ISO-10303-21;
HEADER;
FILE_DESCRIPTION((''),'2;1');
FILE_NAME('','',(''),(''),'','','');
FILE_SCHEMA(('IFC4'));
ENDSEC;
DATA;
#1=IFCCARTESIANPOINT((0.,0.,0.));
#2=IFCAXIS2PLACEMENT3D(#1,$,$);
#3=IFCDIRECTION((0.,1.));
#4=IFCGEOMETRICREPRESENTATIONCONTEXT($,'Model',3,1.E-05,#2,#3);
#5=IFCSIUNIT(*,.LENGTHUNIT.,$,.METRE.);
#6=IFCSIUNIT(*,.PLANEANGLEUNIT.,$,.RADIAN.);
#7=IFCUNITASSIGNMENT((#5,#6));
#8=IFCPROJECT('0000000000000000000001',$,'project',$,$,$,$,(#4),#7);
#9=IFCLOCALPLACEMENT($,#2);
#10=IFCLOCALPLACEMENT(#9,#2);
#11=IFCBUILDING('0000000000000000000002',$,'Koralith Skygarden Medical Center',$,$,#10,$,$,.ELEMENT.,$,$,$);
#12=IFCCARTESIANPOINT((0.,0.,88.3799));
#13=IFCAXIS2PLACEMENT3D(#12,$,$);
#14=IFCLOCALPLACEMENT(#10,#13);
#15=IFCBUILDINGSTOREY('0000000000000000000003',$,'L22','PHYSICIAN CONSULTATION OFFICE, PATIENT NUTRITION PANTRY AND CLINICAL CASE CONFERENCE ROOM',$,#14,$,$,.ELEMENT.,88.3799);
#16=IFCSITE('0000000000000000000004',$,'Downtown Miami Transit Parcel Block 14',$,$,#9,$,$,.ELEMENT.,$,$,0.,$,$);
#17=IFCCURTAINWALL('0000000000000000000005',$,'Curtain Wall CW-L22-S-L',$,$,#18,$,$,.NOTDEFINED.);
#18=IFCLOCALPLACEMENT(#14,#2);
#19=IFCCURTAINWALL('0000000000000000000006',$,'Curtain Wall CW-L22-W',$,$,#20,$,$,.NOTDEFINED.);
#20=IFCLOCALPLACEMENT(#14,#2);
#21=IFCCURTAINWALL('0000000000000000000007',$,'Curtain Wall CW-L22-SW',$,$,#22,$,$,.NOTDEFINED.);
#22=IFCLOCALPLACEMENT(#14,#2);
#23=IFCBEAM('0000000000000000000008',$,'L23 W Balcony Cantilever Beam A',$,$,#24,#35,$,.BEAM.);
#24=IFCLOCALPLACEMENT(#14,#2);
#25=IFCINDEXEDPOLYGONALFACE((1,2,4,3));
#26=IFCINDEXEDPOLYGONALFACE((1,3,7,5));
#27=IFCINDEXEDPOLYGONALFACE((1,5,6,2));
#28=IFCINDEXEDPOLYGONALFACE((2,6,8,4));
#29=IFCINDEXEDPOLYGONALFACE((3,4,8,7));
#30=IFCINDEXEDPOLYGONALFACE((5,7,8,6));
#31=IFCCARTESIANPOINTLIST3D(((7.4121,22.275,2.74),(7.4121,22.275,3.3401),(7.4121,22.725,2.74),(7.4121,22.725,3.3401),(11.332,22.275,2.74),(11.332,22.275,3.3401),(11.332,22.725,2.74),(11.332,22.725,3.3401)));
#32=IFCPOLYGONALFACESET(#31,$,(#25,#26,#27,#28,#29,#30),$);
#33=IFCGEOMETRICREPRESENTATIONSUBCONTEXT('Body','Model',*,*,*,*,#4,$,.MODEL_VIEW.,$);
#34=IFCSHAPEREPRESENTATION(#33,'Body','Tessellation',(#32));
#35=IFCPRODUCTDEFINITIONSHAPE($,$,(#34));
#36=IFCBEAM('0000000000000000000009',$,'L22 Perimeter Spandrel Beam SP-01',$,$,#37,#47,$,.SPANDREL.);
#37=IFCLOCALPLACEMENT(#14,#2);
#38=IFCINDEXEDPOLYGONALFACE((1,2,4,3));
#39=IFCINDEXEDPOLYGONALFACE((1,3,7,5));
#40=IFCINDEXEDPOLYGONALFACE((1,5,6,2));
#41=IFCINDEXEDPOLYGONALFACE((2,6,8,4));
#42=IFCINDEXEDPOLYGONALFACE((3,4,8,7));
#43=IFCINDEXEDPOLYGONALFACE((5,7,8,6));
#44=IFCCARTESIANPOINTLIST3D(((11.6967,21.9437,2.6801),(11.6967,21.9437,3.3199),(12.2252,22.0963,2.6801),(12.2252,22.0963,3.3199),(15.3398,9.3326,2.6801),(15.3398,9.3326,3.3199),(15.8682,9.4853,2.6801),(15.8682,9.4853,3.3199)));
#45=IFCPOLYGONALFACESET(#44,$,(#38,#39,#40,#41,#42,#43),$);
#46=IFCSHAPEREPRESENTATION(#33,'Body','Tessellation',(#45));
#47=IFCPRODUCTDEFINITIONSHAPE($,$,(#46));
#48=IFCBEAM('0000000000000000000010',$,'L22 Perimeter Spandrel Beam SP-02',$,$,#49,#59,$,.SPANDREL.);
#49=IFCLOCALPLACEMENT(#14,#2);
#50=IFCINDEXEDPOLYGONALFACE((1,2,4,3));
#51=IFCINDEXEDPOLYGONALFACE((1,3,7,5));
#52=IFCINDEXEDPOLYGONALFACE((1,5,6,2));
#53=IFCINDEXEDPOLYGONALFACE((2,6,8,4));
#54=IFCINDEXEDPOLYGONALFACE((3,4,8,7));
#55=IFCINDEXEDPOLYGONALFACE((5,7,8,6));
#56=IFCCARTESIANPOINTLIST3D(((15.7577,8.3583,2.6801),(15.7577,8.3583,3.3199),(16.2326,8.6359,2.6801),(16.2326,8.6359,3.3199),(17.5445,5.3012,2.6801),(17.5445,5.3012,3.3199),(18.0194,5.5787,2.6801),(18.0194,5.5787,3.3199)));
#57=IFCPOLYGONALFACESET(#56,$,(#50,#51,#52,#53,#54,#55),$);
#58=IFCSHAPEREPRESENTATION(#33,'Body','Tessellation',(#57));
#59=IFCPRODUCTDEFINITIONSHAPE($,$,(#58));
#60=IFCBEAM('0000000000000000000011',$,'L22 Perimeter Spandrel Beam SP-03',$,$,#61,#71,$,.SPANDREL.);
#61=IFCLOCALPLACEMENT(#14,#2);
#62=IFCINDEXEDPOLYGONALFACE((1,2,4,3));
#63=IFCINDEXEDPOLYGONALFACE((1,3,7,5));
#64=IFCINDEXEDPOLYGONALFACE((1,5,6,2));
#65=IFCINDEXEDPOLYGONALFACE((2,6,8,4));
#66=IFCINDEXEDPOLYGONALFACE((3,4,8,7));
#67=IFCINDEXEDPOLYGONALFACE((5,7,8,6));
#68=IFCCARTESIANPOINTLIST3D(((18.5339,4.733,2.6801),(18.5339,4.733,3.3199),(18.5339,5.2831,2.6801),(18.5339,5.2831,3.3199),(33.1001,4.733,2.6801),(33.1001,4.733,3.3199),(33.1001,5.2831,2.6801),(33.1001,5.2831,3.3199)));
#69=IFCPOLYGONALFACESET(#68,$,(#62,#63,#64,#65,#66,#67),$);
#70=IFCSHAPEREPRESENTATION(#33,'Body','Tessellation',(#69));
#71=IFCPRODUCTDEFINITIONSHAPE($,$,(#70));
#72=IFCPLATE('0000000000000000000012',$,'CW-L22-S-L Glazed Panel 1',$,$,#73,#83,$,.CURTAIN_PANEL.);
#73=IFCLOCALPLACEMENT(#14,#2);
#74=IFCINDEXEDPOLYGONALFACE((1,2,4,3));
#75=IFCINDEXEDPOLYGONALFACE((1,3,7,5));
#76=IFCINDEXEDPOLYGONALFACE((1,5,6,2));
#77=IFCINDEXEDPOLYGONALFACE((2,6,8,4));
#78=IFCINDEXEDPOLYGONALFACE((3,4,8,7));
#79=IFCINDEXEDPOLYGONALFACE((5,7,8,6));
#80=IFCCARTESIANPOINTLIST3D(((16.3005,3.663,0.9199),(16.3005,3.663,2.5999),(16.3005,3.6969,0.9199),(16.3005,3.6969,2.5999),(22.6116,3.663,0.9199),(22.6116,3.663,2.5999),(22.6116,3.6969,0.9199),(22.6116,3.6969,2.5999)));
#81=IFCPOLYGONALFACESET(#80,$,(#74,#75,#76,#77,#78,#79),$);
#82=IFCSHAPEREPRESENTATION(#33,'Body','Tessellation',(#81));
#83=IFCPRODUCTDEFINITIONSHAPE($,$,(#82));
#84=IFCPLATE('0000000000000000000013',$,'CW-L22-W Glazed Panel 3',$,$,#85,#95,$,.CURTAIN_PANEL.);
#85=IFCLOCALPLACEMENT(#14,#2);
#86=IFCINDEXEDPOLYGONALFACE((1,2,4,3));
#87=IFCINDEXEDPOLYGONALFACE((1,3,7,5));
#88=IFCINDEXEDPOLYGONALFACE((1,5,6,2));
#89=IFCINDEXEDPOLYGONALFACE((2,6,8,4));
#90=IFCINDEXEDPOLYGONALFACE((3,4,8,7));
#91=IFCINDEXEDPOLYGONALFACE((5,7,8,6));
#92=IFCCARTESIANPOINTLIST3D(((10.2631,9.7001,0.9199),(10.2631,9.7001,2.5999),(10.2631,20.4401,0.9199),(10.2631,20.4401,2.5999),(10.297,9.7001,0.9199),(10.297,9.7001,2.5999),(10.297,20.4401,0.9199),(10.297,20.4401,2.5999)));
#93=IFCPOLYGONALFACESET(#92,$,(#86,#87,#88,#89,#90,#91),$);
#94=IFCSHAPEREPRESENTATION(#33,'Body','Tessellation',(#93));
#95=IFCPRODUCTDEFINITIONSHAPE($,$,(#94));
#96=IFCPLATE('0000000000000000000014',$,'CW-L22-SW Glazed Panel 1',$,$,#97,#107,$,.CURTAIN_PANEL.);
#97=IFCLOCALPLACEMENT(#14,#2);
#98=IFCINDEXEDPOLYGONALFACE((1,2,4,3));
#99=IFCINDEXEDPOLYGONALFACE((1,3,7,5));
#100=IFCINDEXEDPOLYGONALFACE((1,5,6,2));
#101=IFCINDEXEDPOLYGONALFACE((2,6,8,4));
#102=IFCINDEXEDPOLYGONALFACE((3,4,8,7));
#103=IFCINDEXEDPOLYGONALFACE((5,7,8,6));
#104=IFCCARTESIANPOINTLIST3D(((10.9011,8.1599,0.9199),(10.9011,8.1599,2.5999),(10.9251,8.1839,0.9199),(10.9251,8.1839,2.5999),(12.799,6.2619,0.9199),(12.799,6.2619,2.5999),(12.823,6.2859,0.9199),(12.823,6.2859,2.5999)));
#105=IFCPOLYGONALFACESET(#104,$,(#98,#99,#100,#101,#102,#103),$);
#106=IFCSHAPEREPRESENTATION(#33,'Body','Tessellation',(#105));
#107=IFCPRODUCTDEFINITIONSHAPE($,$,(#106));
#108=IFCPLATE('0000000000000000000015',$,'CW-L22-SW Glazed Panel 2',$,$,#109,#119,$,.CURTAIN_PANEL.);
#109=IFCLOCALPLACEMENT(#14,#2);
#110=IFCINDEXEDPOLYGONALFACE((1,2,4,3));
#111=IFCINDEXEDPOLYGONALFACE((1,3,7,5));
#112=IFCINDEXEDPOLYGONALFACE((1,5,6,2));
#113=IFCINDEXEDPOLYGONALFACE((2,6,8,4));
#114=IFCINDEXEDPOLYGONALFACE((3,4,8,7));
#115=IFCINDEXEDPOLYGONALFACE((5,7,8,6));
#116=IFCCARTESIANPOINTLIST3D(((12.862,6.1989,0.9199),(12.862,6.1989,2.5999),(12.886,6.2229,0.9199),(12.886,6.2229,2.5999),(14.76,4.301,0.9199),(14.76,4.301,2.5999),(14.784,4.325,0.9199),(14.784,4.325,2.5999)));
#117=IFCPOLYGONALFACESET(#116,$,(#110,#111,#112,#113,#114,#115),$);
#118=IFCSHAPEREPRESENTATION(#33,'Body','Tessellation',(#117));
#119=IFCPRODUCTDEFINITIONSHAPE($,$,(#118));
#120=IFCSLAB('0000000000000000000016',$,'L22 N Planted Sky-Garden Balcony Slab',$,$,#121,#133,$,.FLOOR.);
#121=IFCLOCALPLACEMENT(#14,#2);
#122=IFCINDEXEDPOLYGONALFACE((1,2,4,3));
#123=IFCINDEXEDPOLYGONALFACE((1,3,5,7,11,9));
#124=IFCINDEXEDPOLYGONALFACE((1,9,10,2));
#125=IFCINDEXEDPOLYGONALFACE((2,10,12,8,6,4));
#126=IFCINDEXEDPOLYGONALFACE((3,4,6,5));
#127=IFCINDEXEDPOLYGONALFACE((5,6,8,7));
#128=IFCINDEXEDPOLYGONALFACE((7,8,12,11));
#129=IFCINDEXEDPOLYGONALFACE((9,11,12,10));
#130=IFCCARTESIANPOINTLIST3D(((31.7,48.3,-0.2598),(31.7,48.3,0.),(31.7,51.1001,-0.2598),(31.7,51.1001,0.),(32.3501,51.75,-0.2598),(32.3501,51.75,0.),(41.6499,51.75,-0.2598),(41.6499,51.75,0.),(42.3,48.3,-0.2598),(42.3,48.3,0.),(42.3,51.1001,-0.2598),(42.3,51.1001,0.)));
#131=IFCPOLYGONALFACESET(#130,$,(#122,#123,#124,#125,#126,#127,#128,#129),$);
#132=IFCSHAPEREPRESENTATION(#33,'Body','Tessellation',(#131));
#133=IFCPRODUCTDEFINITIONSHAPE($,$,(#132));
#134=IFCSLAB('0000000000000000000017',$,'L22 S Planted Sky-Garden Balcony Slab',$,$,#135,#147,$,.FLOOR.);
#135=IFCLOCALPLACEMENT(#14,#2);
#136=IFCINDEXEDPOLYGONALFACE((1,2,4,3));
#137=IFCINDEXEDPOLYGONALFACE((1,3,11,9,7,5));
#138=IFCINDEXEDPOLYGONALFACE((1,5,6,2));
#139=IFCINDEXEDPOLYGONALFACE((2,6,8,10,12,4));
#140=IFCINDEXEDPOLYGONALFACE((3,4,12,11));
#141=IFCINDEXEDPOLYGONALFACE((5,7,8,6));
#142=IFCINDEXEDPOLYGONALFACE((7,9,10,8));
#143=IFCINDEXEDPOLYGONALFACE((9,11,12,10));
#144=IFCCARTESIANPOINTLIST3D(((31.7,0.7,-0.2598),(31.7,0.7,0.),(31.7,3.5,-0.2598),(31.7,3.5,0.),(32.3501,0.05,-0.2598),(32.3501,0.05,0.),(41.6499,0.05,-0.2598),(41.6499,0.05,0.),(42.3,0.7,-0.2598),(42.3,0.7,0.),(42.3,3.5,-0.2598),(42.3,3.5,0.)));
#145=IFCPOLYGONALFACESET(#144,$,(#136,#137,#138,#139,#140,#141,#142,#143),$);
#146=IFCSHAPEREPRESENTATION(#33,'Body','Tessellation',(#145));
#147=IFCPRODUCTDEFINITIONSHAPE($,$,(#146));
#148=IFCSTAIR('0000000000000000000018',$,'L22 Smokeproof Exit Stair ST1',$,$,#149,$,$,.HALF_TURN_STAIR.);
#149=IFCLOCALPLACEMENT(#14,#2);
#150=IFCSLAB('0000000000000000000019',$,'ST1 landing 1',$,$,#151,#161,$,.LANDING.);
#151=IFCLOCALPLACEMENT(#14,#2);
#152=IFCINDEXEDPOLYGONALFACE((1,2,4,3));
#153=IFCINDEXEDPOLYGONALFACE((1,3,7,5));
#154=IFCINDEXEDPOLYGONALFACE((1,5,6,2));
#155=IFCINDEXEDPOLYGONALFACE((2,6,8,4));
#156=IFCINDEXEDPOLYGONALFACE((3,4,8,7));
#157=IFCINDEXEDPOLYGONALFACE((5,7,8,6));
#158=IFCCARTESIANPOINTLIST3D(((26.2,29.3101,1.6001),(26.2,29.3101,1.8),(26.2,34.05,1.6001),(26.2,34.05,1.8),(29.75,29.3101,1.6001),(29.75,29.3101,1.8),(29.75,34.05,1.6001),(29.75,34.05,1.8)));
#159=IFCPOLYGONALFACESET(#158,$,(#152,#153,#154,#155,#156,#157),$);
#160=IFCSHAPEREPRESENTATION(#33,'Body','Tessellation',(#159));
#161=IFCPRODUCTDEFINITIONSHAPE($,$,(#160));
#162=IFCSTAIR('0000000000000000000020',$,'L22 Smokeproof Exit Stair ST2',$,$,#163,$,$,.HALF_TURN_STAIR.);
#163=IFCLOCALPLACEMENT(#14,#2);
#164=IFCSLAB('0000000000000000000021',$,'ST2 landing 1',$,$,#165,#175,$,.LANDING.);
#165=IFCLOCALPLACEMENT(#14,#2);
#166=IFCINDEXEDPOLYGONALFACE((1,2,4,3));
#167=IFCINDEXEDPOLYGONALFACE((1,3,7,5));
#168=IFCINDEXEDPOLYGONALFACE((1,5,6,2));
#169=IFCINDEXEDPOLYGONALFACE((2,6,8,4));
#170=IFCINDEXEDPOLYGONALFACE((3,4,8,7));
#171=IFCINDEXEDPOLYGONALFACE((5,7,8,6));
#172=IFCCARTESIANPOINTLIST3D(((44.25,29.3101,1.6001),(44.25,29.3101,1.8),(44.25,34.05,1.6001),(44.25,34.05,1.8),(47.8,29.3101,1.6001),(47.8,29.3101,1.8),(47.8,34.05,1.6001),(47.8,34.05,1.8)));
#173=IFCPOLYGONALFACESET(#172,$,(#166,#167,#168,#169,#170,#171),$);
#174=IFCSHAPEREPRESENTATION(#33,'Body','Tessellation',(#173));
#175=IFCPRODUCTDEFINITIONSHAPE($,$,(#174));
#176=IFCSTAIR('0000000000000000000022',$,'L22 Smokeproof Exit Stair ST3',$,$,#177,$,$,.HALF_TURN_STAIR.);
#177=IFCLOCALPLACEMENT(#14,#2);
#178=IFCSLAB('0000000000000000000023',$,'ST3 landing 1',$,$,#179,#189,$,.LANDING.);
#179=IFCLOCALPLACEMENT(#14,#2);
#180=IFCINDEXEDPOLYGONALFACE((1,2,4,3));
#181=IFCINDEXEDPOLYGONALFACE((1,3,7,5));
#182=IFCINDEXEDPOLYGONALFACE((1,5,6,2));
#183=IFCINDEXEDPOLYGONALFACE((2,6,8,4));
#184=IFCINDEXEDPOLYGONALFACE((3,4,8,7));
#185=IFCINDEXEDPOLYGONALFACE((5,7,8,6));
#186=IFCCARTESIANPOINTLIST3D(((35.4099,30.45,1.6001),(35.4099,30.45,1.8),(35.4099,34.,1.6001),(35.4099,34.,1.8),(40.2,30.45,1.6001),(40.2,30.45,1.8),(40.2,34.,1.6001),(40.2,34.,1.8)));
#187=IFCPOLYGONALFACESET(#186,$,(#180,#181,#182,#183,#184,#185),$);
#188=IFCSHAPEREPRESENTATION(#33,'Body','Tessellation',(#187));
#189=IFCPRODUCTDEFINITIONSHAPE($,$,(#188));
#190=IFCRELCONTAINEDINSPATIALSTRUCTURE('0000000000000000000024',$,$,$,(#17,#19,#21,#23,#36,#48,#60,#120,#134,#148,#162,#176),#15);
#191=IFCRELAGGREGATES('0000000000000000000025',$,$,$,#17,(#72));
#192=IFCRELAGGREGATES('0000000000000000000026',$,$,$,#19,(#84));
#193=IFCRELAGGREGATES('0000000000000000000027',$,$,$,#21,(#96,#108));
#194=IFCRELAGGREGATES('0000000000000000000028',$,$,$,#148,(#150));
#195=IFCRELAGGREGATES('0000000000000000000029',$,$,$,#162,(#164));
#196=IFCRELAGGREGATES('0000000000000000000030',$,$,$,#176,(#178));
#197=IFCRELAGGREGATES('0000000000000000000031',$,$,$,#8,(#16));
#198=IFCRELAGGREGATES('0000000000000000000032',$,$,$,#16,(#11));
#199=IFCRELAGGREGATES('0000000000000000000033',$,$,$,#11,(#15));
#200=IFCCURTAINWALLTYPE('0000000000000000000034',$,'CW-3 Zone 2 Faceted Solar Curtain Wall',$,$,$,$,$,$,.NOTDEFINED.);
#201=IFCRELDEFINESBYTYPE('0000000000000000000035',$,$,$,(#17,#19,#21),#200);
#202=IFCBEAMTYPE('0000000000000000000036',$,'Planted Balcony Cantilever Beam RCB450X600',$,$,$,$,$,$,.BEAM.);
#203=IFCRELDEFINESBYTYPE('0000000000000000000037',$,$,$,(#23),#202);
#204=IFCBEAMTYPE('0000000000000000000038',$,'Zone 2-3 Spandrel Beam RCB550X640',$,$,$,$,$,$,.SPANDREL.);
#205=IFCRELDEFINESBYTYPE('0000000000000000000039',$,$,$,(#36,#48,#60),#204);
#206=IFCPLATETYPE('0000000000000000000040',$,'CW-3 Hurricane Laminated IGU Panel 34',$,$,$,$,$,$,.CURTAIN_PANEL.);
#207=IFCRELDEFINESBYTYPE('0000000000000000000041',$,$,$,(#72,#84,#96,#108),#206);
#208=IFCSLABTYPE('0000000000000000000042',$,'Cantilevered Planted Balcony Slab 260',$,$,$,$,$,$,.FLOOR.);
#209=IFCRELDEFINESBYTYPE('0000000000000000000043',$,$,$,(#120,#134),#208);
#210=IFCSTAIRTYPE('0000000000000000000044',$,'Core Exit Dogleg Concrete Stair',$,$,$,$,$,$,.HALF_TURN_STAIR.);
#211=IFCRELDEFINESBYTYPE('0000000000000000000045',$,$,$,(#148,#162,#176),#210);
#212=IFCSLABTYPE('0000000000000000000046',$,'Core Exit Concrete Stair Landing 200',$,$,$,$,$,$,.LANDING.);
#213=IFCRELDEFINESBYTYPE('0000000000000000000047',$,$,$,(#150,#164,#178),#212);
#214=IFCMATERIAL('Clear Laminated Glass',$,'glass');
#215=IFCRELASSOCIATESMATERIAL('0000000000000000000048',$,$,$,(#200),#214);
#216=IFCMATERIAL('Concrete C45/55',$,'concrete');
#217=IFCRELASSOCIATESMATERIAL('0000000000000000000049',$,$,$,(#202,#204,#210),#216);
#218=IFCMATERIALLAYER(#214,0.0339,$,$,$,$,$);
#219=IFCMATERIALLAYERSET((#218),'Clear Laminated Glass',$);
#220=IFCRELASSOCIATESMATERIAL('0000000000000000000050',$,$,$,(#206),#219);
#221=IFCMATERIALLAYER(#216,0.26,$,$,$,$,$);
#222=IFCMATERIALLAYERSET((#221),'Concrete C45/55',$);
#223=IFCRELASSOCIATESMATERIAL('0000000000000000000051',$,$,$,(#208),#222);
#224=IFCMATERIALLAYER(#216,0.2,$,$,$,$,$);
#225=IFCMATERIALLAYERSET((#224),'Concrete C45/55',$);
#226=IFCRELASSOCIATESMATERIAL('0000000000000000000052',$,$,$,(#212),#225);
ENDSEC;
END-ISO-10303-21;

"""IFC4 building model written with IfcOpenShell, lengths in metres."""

from ifc_helpers import new_model, si_unit, direction, frame, origin, origin_2d, place, context, subcontext, project, spatial, polyline, rectangle, outline, extrude, material, layer, layer_set, material_profile, profile_set, type_object, element, aggregate, save


model = new_model("IFC4")

# Units and contexts
model_context = context("Model", 3, precision=1e-05, world=origin(), true_north=direction((0.0, 1.0)))
body_context = subcontext(model_context, "Body", "Model", "MODEL_VIEW")
ifc_project = project(units=[si_unit("LENGTHUNIT", "METRE"), si_unit("PLANEANGLEUNIT", "RADIAN")], contexts=[model_context])

# Site, building, storey
site_placement = place(None, origin())
site = spatial("IfcSite", under=ifc_project, at=site_placement, Name="Downtown Miami Transit Parcel Block 14", CompositionType="ELEMENT", RefElevation=0.0)
building_placement = place(site_placement, origin())
building = spatial("IfcBuilding", under=site, at=building_placement, Name="Koralith Skygarden Medical Center", CompositionType="ELEMENT")
storey_placement = place(building_placement, frame((0.0, 0.0, 88.3799)))
storey = spatial("IfcBuildingStorey", under=building, at=storey_placement, Name="L22", Description="PHYSICIAN CONSULTATION OFFICE, PATIENT NUTRITION PANTRY AND CLINICAL CASE CONFERENCE ROOM", CompositionType="ELEMENT", Elevation=88.3799)

# Curtain wall
ifc_material_1 = material(Name="Clear Laminated Glass", Category="glass")
curtain_wall_type = type_object("IfcCurtainWallType", Name="CW-3 Zone 2 Faceted Solar Curtain Wall", PredefinedType="NOTDEFINED", material=ifc_material_1)
curtain_wall_1_placement = place(storey_placement, origin())
curtain_wall_1 = element("IfcCurtainWall", 1, at=curtain_wall_1_placement, inside=storey, type_object=curtain_wall_type, Name="Curtain Wall CW-L22-S-L", PredefinedType="NOTDEFINED")

# Curtain walls
curtain_wall_2_placement = place(storey_placement, origin())
curtain_wall_2 = element("IfcCurtainWall", 2, at=curtain_wall_2_placement, inside=storey, type_object=curtain_wall_type, Name="Curtain Wall CW-L22-W", PredefinedType="NOTDEFINED")
curtain_wall_3_placement = place(storey_placement, origin())
curtain_wall_3 = element("IfcCurtainWall", 3, at=curtain_wall_3_placement, inside=storey, type_object=curtain_wall_type, Name="Curtain Wall CW-L22-SW", PredefinedType="NOTDEFINED")

# Beams
ifc_material_2 = material(Name="Concrete C45/55", Category="concrete")
ifc_material_profile_1 = material_profile(ifc_material_2, rectangle(XDim=0.45, YDim=0.6001, at=origin_2d()), Name="RCB450X600")
ifc_profile_set_1 = profile_set([ifc_material_profile_1], Name="Concrete C45/55")
beam_type_1 = type_object("IfcBeamType", Name="Planted Balcony Cantilever Beam RCB450X600", PredefinedType="BEAM", material=ifc_profile_set_1)
beam_1_placement = place(storey_placement, frame((11.332, 22.5, 3.04), z_axis=(-1.0, 0.0, 0.0), x_axis=(0.0, -1.0, 0.0)))
element("IfcBeam", 4, at=beam_1_placement, inside=storey, type_object=beam_type_1, Name="L23 W Balcony Cantilever Beam A", PredefinedType="BEAM", context=body_context, shape_type="SweptSolid", body=[
    extrude(rectangle(XDim=0.45, YDim=0.6001, at=origin_2d()), origin(), (0.0, 0.0, 1.0), 3.9199),
])
ifc_material_profile_2 = material_profile(ifc_material_2, rectangle(XDim=0.55, YDim=0.6399, at=origin_2d()), Name="RCB550X640")
ifc_profile_set_2 = profile_set([ifc_material_profile_2], Name="Concrete C45/55")
beam_type_2 = type_object("IfcBeamType", Name="Zone 2-3 Spandrel Beam RCB550X640", PredefinedType="SPANDREL", material=ifc_profile_set_2)
beam_2_placement = place(storey_placement, frame((11.9609, 22.02, 3.0), z_axis=(0.27753, -0.960717, 0.0), x_axis=(0.960717, 0.27753, 0.0)))
element("IfcBeam", 5, at=beam_2_placement, inside=storey, type_object=beam_type_2, Name="L22 Perimeter Spandrel Beam SP-01", PredefinedType="SPANDREL", context=body_context, shape_type="SweptSolid", body=[
    extrude(rectangle(XDim=0.55, YDim=0.6399, at=origin_2d()), origin(), (0.0, 0.0, 1.0), 13.1267),
])
beam_3_placement = place(storey_placement, frame((15.9951, 8.4971, 3.0), z_axis=(0.504617, -0.863343, 0.0), x_axis=(0.863343, 0.504617, 0.0)))
element("IfcBeam", 6, at=beam_3_placement, inside=storey, type_object=beam_type_2, Name="L22 Perimeter Spandrel Beam SP-02", PredefinedType="SPANDREL", context=body_context, shape_type="SweptSolid", body=[
    extrude(rectangle(XDim=0.55, YDim=0.6399, at=origin_2d()), origin(), (0.0, 0.0, 1.0), 3.541),
])
beam_4_placement = place(storey_placement, frame((18.5339, 5.0081, 3.0), z_axis=(1.0, 0.0, 0.0), x_axis=(0.0, 1.0, 0.0)))
element("IfcBeam", 7, at=beam_4_placement, inside=storey, type_object=beam_type_2, Name="L22 Perimeter Spandrel Beam SP-03", PredefinedType="SPANDREL", context=body_context, shape_type="SweptSolid", body=[
    extrude(rectangle(XDim=0.55, YDim=0.6399, at=origin_2d()), origin(), (0.0, 0.0, 1.0), 14.5662),
])

# Plates
ifc_layer_1 = layer(ifc_material_1, 0.0339)
ifc_layer_set_1 = layer_set([ifc_layer_1], Name="Clear Laminated Glass")
plate_type_1 = type_object("IfcPlateType", Name="CW-3 Hurricane Laminated IGU Panel 34", PredefinedType="CURTAIN_PANEL", material=ifc_layer_set_1)
plate_1_placement = place(storey_placement, frame((19.4561, 3.6799, 0.9199), z_axis=(0.0, 0.0, 1.0), x_axis=(1.0, 0.0, 0.0)))
plate_1 = element("IfcPlate", 8, at=plate_1_placement, type_object=plate_type_1, Name="CW-L22-S-L Glazed Panel 1", PredefinedType="CURTAIN_PANEL", context=body_context, shape_type="SweptSolid", body=[
    extrude(rectangle(XDim=6.311, YDim=0.0339, at=origin_2d()), origin(), (0.0, 0.0, 1.0), 1.6799),
])
aggregate(curtain_wall_1, [plate_1])
plate_2_placement = place(storey_placement, frame((10.28, 15.0701, 0.9199), z_axis=(0.0, 0.0, 1.0), x_axis=(0.0, -1.0, 0.0)))
plate_2 = element("IfcPlate", 9, at=plate_2_placement, type_object=plate_type_1, Name="CW-L22-W Glazed Panel 3", PredefinedType="CURTAIN_PANEL", context=body_context, shape_type="SweptSolid", body=[
    extrude(rectangle(XDim=10.74, YDim=0.0339, at=origin_2d()), origin(), (0.0, 0.0, 1.0), 1.6799),
])
aggregate(curtain_wall_2, [plate_2])
plate_3_placement = place(storey_placement, frame((11.8621, 7.2229, 0.9199), z_axis=(0.0, 0.0, 1.0), x_axis=(0.707107, -0.707107, 0.0)))
plate_3 = element("IfcPlate", 10, at=plate_3_placement, type_object=plate_type_1, Name="CW-L22-SW Glazed Panel 1", PredefinedType="CURTAIN_PANEL", context=body_context, shape_type="SweptSolid", body=[
    extrude(rectangle(XDim=2.6841, YDim=0.0339, at=origin_2d()), origin(), (0.0, 0.0, 1.0), 1.6799),
])
plate_4_placement = place(storey_placement, frame((13.823, 5.262, 0.9199), z_axis=(0.0, 0.0, 1.0), x_axis=(0.707107, -0.707107, 0.0)))
plate_4 = element("IfcPlate", 11, at=plate_4_placement, type_object=plate_type_1, Name="CW-L22-SW Glazed Panel 2", PredefinedType="CURTAIN_PANEL", context=body_context, shape_type="SweptSolid", body=[
    extrude(rectangle(XDim=2.6841, YDim=0.0339, at=origin_2d()), origin(), (0.0, 0.0, 1.0), 1.6799),
])
aggregate(curtain_wall_3, [plate_3, plate_4])

# Slabs
ifc_layer_2 = layer(ifc_material_2, 0.26)
ifc_layer_set_2 = layer_set([ifc_layer_2], Name="Concrete C45/55")
slab_type_1 = type_object("IfcSlabType", Name="Cantilevered Planted Balcony Slab 260", PredefinedType="FLOOR", material=ifc_layer_set_2)
slab_1_placement = place(storey_placement, frame((0.0, 0.0, -0.2598)))
element("IfcSlab", 12, at=slab_1_placement, inside=storey, type_object=slab_type_1, Name="L22 N Planted Sky-Garden Balcony Slab", PredefinedType="FLOOR", context=body_context, shape_type="SweptSolid", body=[
    extrude(outline(polyline([(31.7, 48.3), (42.3, 48.3), (42.3, 51.1001), (41.6499, 51.75), (32.3501, 51.75), (31.7, 51.1001), (31.7, 48.3)])), origin(), (0.0, 0.0, 1.0), 0.2598),
])
slab_2_placement = place(storey_placement, frame((0.0, 0.0, -0.2598)))
element("IfcSlab", 13, at=slab_2_placement, inside=storey, type_object=slab_type_1, Name="L22 S Planted Sky-Garden Balcony Slab", PredefinedType="FLOOR", context=body_context, shape_type="SweptSolid", body=[
    extrude(outline(polyline([(32.3501, 0.05), (41.6499, 0.05), (42.3, 0.7), (42.3, 3.5), (31.7, 3.5), (31.7, 0.7), (32.3501, 0.05)])), origin(), (0.0, 0.0, 1.0), 0.2598),
])

# Stairs, slabs
stair_type = type_object("IfcStairType", Name="Core Exit Dogleg Concrete Stair", PredefinedType="HALF_TURN_STAIR", material=ifc_material_2)
stair_1_placement = place(storey_placement, origin())
stair_1 = element("IfcStair", 14, at=stair_1_placement, inside=storey, type_object=stair_type, Name="L22 Smokeproof Exit Stair ST1", PredefinedType="HALF_TURN_STAIR")
ifc_layer_3 = layer(ifc_material_2, 0.2)
ifc_layer_set_3 = layer_set([ifc_layer_3], Name="Concrete C45/55")
slab_type_2 = type_object("IfcSlabType", Name="Core Exit Concrete Stair Landing 200", PredefinedType="LANDING", material=ifc_layer_set_3)
slab_3_placement = place(storey_placement, frame((0.0, 0.0, 1.6001)))
slab_3 = element("IfcSlab", 15, at=slab_3_placement, type_object=slab_type_2, Name="ST1 landing 1", PredefinedType="LANDING", context=body_context, shape_type="SweptSolid", body=[
    extrude(outline(polyline([(29.75, 29.3101), (29.75, 34.05), (26.2, 34.05), (26.2, 29.3101), (29.75, 29.3101)])), origin(), (0.0, 0.0, 1.0), 0.2),
])
aggregate(stair_1, [slab_3])
stair_2_placement = place(storey_placement, origin())
stair_2 = element("IfcStair", 16, at=stair_2_placement, inside=storey, type_object=stair_type, Name="L22 Smokeproof Exit Stair ST2", PredefinedType="HALF_TURN_STAIR")
slab_4_placement = place(storey_placement, frame((0.0, 0.0, 1.6001)))
slab_4 = element("IfcSlab", 17, at=slab_4_placement, type_object=slab_type_2, Name="ST2 landing 1", PredefinedType="LANDING", context=body_context, shape_type="SweptSolid", body=[
    extrude(outline(polyline([(47.8, 29.3101), (47.8, 34.05), (44.25, 34.05), (44.25, 29.3101), (47.8, 29.3101)])), origin(), (0.0, 0.0, 1.0), 0.2),
])
aggregate(stair_2, [slab_4])
stair_3_placement = place(storey_placement, origin())
stair_3 = element("IfcStair", 18, at=stair_3_placement, inside=storey, type_object=stair_type, Name="L22 Smokeproof Exit Stair ST3", PredefinedType="HALF_TURN_STAIR")
slab_5_placement = place(storey_placement, frame((0.0, 0.0, 1.6001)))
slab_5 = element("IfcSlab", 19, at=slab_5_placement, type_object=slab_type_2, Name="ST3 landing 1", PredefinedType="LANDING", context=body_context, shape_type="SweptSolid", body=[
    extrude(outline(polyline([(35.4099, 30.45), (40.2, 30.45), (40.2, 34.0), (35.4099, 34.0), (35.4099, 30.45)])), origin(), (0.0, 0.0, 1.0), 0.2),
])
aggregate(stair_3, [slab_5])

save(model, "model.ifc")
